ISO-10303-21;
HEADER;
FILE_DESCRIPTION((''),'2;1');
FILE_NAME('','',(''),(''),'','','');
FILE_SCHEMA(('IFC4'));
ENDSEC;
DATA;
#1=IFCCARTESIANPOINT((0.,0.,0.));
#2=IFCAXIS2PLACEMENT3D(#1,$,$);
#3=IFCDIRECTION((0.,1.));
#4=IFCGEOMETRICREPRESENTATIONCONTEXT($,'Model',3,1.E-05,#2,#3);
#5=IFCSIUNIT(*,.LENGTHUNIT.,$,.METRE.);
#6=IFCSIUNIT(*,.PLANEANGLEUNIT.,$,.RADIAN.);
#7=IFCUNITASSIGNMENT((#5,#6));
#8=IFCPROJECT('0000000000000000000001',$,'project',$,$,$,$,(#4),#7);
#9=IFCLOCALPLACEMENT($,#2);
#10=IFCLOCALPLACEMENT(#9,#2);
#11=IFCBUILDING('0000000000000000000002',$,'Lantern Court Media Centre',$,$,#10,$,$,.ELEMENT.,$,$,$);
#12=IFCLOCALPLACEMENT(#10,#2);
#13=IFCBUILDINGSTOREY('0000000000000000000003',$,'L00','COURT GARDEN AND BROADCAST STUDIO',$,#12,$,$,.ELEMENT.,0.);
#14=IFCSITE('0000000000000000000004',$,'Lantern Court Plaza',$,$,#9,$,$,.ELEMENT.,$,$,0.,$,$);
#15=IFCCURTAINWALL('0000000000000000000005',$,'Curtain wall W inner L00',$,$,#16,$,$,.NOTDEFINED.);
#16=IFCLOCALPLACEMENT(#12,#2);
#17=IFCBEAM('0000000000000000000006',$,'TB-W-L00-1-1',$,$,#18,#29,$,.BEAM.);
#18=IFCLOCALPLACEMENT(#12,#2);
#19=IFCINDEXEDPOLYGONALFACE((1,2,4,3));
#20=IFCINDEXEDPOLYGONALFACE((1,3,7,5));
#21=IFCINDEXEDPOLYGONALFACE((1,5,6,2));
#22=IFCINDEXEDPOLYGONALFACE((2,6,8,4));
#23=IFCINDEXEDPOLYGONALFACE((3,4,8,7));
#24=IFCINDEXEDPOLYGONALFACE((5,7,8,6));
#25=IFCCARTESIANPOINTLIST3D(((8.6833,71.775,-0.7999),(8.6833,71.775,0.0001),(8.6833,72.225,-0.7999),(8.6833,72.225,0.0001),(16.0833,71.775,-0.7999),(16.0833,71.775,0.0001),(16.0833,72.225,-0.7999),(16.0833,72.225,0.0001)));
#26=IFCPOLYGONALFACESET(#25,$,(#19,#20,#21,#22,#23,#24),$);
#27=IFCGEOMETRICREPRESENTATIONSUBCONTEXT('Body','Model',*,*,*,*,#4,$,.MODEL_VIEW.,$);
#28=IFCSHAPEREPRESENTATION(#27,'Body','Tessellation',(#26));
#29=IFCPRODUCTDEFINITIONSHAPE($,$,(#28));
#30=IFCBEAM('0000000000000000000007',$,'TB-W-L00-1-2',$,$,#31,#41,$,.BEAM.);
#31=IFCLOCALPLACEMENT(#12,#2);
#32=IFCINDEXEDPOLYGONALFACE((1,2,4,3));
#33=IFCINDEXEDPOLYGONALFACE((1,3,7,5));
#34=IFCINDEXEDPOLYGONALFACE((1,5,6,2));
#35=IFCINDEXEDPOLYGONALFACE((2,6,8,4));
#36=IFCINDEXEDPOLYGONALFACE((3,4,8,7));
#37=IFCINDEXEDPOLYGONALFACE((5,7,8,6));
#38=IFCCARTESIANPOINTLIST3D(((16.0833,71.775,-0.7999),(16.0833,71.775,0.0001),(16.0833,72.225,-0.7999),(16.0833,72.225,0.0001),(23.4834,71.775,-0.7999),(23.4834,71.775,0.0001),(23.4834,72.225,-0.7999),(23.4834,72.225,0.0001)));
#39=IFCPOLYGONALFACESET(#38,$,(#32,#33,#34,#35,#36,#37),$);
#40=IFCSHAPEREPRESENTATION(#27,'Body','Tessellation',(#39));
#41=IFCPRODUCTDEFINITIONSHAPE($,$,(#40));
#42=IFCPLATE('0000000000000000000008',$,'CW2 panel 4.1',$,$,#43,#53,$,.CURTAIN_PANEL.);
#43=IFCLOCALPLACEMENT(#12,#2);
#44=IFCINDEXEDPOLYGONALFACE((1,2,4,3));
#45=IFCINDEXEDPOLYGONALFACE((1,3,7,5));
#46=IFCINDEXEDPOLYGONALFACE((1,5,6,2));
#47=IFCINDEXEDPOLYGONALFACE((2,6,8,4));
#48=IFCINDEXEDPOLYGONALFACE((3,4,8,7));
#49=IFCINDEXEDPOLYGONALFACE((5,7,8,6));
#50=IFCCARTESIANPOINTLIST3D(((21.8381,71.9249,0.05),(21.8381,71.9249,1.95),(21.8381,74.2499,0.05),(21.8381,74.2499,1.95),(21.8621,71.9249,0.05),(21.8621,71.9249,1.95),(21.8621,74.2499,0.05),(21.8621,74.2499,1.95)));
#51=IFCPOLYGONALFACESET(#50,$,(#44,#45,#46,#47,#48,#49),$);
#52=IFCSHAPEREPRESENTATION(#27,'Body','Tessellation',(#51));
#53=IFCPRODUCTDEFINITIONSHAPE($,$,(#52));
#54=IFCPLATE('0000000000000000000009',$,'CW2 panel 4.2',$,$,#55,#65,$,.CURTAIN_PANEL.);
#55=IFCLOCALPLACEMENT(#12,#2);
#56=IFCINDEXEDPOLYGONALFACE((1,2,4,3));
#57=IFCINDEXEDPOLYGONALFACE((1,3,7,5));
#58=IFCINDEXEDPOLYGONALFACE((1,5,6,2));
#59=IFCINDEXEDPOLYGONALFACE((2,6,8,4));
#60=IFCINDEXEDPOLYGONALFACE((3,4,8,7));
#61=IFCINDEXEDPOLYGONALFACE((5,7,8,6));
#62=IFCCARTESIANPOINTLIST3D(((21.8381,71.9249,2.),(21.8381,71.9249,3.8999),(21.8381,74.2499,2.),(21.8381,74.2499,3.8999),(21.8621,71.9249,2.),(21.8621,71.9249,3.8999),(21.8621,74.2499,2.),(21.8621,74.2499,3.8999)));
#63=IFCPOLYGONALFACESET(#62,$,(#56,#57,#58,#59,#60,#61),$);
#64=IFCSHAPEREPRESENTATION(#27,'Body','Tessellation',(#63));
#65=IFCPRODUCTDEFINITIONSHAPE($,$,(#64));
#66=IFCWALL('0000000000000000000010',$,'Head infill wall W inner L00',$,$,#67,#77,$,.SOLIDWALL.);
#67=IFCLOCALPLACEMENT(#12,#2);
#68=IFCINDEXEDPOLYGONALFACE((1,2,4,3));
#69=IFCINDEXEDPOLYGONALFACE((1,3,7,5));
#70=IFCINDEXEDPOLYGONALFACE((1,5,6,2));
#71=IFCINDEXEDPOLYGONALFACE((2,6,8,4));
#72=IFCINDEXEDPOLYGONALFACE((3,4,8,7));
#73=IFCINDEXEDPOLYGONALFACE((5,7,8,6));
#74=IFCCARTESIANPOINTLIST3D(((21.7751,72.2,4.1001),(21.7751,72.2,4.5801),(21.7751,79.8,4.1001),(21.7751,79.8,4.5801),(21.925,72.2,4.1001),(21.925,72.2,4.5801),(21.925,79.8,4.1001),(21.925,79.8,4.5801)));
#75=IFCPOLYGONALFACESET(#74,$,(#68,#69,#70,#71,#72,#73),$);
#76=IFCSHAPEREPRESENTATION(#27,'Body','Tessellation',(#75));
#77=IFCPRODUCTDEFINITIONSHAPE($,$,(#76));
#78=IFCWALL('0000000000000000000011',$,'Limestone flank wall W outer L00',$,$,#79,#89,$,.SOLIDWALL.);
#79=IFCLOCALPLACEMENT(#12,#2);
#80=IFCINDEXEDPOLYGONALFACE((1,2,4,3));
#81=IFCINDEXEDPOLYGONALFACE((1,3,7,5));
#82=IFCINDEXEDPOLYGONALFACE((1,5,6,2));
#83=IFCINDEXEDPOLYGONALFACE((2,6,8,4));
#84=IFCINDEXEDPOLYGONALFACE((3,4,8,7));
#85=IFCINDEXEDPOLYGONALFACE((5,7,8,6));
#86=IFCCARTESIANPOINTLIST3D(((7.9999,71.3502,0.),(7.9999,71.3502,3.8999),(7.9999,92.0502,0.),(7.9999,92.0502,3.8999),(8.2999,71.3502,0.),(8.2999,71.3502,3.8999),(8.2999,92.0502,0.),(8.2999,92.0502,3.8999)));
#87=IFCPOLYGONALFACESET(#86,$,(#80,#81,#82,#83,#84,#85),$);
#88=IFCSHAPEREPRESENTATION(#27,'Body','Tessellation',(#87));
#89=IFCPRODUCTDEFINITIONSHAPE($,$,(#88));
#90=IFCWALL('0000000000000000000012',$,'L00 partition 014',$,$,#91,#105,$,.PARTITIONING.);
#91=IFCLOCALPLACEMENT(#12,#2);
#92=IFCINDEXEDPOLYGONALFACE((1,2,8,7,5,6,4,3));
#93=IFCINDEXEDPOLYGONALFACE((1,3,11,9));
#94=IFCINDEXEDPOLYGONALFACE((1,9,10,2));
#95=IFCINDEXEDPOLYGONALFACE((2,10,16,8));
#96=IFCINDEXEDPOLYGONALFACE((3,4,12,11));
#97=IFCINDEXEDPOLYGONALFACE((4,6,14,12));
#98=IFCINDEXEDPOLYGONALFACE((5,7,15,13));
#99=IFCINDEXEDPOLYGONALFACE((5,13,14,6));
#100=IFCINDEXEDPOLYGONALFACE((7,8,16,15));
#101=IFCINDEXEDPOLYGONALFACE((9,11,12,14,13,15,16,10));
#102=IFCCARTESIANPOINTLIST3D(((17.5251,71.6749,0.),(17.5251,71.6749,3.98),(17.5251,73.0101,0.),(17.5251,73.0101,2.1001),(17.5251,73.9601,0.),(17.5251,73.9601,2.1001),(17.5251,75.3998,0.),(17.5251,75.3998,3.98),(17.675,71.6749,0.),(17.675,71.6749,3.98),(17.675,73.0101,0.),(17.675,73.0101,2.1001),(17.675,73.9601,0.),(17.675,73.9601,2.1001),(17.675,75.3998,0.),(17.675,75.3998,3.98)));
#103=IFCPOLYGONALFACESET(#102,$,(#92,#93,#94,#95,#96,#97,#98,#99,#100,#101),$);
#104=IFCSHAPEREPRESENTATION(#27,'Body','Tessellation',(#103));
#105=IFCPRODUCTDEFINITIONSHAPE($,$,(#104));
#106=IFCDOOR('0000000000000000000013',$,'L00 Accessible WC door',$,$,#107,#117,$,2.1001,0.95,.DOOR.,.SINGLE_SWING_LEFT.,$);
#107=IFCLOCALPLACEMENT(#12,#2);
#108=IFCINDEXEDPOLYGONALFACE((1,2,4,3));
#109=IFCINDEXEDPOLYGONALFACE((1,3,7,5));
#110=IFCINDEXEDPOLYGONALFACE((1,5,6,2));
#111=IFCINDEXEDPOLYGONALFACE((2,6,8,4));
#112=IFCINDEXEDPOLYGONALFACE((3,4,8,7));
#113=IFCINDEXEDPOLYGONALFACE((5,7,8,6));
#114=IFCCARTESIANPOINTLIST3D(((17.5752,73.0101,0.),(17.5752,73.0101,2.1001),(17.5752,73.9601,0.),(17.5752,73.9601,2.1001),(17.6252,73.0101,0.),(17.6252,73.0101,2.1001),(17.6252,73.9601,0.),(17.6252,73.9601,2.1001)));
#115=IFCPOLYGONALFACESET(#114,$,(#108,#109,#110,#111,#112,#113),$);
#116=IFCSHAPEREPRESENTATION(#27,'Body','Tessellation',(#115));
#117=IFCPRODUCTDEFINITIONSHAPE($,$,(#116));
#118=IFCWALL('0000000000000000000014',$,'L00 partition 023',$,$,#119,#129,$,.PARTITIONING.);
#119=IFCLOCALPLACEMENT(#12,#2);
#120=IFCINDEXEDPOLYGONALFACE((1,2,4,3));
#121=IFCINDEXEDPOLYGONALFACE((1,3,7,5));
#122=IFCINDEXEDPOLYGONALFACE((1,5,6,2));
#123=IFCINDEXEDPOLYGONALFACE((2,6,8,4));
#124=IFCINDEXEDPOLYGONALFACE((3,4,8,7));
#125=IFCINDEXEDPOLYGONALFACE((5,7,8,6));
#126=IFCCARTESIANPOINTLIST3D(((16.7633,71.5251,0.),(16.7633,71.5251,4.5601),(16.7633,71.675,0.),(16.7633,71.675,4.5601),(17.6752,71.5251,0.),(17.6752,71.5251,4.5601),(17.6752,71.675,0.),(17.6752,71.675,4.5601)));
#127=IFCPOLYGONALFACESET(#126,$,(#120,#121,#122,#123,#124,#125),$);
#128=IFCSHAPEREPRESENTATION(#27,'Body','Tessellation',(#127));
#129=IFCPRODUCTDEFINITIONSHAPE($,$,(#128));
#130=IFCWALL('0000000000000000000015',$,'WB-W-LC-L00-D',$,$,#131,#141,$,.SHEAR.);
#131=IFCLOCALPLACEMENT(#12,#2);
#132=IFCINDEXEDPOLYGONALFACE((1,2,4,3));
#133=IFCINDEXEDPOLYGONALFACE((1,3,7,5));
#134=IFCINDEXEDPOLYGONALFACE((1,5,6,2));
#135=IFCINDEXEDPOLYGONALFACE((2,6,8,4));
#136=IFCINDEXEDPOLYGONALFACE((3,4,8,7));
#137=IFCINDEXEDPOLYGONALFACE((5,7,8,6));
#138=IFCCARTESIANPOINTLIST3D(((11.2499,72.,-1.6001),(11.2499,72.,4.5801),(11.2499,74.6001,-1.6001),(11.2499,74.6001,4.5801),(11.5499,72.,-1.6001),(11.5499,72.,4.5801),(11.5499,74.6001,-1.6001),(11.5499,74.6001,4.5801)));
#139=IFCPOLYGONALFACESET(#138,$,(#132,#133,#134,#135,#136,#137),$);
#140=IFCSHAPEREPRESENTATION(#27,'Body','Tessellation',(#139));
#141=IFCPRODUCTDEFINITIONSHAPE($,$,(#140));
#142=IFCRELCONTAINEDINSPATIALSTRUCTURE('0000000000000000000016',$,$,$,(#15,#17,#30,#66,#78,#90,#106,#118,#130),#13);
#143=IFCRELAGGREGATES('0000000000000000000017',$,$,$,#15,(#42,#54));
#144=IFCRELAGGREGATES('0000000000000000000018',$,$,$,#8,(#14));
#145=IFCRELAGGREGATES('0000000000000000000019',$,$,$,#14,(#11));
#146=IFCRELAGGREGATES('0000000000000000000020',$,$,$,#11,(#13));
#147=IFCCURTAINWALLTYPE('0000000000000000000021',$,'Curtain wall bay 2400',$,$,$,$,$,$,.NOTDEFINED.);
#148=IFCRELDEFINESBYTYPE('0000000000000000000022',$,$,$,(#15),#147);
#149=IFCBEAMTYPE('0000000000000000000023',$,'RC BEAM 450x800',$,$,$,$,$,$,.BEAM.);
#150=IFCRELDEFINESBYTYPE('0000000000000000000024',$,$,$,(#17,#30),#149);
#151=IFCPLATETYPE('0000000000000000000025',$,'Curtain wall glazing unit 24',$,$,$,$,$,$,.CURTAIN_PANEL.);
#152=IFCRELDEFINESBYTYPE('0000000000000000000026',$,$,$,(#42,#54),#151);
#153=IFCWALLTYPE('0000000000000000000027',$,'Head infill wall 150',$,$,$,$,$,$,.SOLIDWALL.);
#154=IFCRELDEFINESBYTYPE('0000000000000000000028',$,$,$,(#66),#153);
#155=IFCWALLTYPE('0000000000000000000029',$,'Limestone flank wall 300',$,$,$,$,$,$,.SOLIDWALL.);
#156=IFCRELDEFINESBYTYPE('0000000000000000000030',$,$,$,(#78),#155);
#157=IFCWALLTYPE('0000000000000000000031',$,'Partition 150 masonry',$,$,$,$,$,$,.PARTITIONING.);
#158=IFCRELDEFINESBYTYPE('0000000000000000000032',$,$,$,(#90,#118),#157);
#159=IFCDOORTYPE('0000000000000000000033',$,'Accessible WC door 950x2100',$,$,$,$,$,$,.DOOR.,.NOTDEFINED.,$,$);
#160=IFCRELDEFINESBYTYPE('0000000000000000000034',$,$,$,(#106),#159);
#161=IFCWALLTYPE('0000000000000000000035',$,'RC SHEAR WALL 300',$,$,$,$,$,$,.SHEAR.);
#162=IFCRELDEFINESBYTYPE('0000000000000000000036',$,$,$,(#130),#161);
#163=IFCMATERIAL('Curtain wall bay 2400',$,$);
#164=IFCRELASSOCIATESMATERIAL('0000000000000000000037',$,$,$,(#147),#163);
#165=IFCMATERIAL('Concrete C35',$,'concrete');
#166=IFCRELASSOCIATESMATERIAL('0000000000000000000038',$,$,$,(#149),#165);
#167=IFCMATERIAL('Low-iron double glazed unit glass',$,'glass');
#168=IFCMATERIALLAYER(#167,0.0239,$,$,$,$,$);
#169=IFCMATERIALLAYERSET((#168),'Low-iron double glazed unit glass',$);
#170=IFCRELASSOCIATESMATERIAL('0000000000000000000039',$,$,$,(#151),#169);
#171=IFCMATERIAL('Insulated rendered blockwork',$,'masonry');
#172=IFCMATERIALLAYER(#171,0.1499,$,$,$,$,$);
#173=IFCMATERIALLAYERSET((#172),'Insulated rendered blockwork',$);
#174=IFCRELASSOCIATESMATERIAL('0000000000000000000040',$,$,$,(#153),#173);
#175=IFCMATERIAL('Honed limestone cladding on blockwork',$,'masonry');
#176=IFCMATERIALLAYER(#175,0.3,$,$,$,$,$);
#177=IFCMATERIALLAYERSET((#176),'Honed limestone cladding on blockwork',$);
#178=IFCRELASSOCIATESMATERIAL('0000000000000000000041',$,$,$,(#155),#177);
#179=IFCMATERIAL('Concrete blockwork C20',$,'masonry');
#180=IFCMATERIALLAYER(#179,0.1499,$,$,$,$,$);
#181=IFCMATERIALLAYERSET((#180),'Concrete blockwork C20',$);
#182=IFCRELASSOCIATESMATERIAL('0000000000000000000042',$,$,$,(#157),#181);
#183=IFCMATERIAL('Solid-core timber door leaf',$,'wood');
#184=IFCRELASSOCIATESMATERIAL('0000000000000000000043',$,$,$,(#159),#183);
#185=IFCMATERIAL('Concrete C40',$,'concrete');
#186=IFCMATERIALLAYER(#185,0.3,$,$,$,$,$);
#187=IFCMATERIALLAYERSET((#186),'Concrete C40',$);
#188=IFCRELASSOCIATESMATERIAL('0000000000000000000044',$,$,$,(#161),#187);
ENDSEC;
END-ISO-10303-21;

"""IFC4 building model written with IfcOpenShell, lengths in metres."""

from ifc_helpers import new_model, si_unit, direction, frame, frame_2d, origin, origin_2d, place, context, subcontext, project, spatial, rectangle, extrude, material, layer, layer_set, material_profile, profile_set, type_object, element, fill, aggregate, save


model = new_model("IFC4")

# Units and contexts
model_context = context("Model", 3, precision=1e-05, world=origin(), true_north=direction((0.0, 1.0)))
body_context = subcontext(model_context, "Body", "Model", "MODEL_VIEW")
ifc_project = project(units=[si_unit("LENGTHUNIT", "METRE"), si_unit("PLANEANGLEUNIT", "RADIAN")], contexts=[model_context])

# Site, building, storey
site_placement = place(None, origin())
site = spatial("IfcSite", under=ifc_project, at=site_placement, Name="Lantern Court Plaza", CompositionType="ELEMENT", RefElevation=0.0)
building_placement = place(site_placement, origin())
building = spatial("IfcBuilding", under=site, at=building_placement, Name="Lantern Court Media Centre", CompositionType="ELEMENT")
storey_placement = place(building_placement, origin())
storey = spatial("IfcBuildingStorey", under=building, at=storey_placement, Name="L00", Description="COURT GARDEN AND BROADCAST STUDIO", CompositionType="ELEMENT", Elevation=0.0)

# Shared definitions
ifc_material_1 = material(Name="Concrete C35", Category="concrete")

# Curtain wall
ifc_material_2 = material(Name="Curtain wall bay 2400")
curtain_wall_type_1 = type_object("IfcCurtainWallType", Name="Curtain wall bay 2400", PredefinedType="NOTDEFINED", material=ifc_material_2)
curtain_wall_1_placement = place(storey_placement, origin())
curtain_wall_1 = element("IfcCurtainWall", 1, at=curtain_wall_1_placement, inside=storey, type_object=curtain_wall_type_1, Name="Curtain wall W inner L00", PredefinedType="NOTDEFINED")

# Beams
ifc_material_profile_1 = material_profile(ifc_material_1, rectangle(XDim=0.45, YDim=0.8, at=origin_2d()), Name="RC 450x800")
ifc_profile_set_1 = profile_set([ifc_material_profile_1], Name="Concrete C35")
beam_type_1 = type_object("IfcBeamType", Name="RC BEAM 450x800", PredefinedType="BEAM", material=ifc_profile_set_1)
beam_1_placement = place(storey_placement, frame((8.6833, 72.0, -0.3999), z_axis=(1.0, 0.0, 0.0), x_axis=(0.0, 1.0, 0.0)))
element("IfcBeam", 2, at=beam_1_placement, inside=storey, type_object=beam_type_1, Name="TB-W-L00-1-1", PredefinedType="BEAM", context=body_context, shape_type="SweptSolid", body=[
    extrude(rectangle(XDim=0.45, YDim=0.8, at=origin_2d()), origin(), (0.0, 0.0, 1.0), 7.3999),
])
beam_2_placement = place(storey_placement, frame((16.0833, 72.0, -0.3999), z_axis=(1.0, 0.0, 0.0), x_axis=(0.0, 1.0, 0.0)))
element("IfcBeam", 3, at=beam_2_placement, inside=storey, type_object=beam_type_1, Name="TB-W-L00-1-2", PredefinedType="BEAM", context=body_context, shape_type="SweptSolid", body=[
    extrude(rectangle(XDim=0.45, YDim=0.8, at=origin_2d()), origin(), (0.0, 0.0, 1.0), 7.4001),
])

# Plates
ifc_material_3 = material(Name="Low-iron double glazed unit glass", Category="glass")
ifc_layer_1 = layer(ifc_material_3, 0.0239)
ifc_layer_set_1 = layer_set([ifc_layer_1], Name="Low-iron double glazed unit glass")
plate_type = type_object("IfcPlateType", Name="Curtain wall glazing unit 24", PredefinedType="CURTAIN_PANEL", material=ifc_layer_set_1)
plate_1_placement = place(storey_placement, frame((21.8501, 73.0874, 0.05), z_axis=(0.0, 0.0, 1.0), x_axis=(0.0, 1.0, 0.0)))
plate_1 = element("IfcPlate", 4, at=plate_1_placement, type_object=plate_type, Name="CW2 panel 4.1", PredefinedType="CURTAIN_PANEL", context=body_context, shape_type="SweptSolid", body=[
    extrude(rectangle(XDim=2.325, YDim=0.0239, at=origin_2d()), origin(), (0.0, 0.0, 1.0), 1.8999),
])
plate_2_placement = place(storey_placement, frame((21.8501, 73.0874, 2.0), z_axis=(0.0, 0.0, 1.0), x_axis=(0.0, 1.0, 0.0)))
plate_2 = element("IfcPlate", 5, at=plate_2_placement, type_object=plate_type, Name="CW2 panel 4.2", PredefinedType="CURTAIN_PANEL", context=body_context, shape_type="SweptSolid", body=[
    extrude(rectangle(XDim=2.325, YDim=0.0239, at=origin_2d()), origin(), (0.0, 0.0, 1.0), 1.8999),
])
aggregate(curtain_wall_1, [plate_1, plate_2])

# Walls
ifc_material_4 = material(Name="Insulated rendered blockwork", Category="masonry")
ifc_layer_2 = layer(ifc_material_4, 0.1499)
ifc_layer_set_2 = layer_set([ifc_layer_2], Name="Insulated rendered blockwork")
wall_type_1 = type_object("IfcWallType", Name="Head infill wall 150", PredefinedType="SOLIDWALL", material=ifc_layer_set_2)
wall_1_placement = place(storey_placement, frame((21.8501, 72.2, 4.1001), z_axis=(0.0, 0.0, 1.0), x_axis=(0.0, 1.0, 0.0)))
element("IfcWall", 6, at=wall_1_placement, inside=storey, type_object=wall_type_1, Name="Head infill wall W inner L00", PredefinedType="SOLIDWALL", context=body_context, shape_type="SweptSolid", body=[
    extrude(rectangle(XDim=7.6001, YDim=0.1499, at=frame_2d((3.8, 0.0))), origin(), (0.0, 0.0, 1.0), 0.48),
])
ifc_material_5 = material(Name="Honed limestone cladding on blockwork", Category="masonry")
ifc_layer_3 = layer(ifc_material_5, 0.3)
ifc_layer_set_3 = layer_set([ifc_layer_3], Name="Honed limestone cladding on blockwork")
wall_type_2 = type_object("IfcWallType", Name="Limestone flank wall 300", PredefinedType="SOLIDWALL", material=ifc_layer_set_3)
wall_2_placement = place(storey_placement, frame((8.1499, 71.3501, 0.0), z_axis=(0.0, 0.0, 1.0), x_axis=(0.0, 1.0, 0.0)))
element("IfcWall", 7, at=wall_2_placement, inside=storey, type_object=wall_type_2, Name="Limestone flank wall W outer L00", PredefinedType="SOLIDWALL", context=body_context, shape_type="SweptSolid", body=[
    extrude(rectangle(XDim=20.7, YDim=0.3, at=frame_2d((10.3501, 0.0))), origin(), (0.0, 0.0, 1.0), 3.8999),
])

# Wall, opening, door
ifc_material_6 = material(Name="Concrete blockwork C20", Category="masonry")
ifc_layer_4 = layer(ifc_material_6, 0.1499)
ifc_layer_set_4 = layer_set([ifc_layer_4], Name="Concrete blockwork C20")
wall_type_3 = type_object("IfcWallType", Name="Partition 150 masonry", PredefinedType="PARTITIONING", material=ifc_layer_set_4)
wall_3_placement = place(storey_placement, frame((17.6001, 71.675, 0.0), z_axis=(0.0, 0.0, 1.0), x_axis=(0.0, 1.0, 0.0)))
wall_3 = element("IfcWall", 8, at=wall_3_placement, inside=storey, type_object=wall_type_3, Name="L00 partition 014", PredefinedType="PARTITIONING", context=body_context, shape_type="SweptSolid", body=[
    extrude(rectangle(XDim=3.7249, YDim=0.1499, at=frame_2d((1.8623, 0.0))), origin(), (0.0, 0.0, 1.0), 3.98),
])
opening_1_placement = place(wall_3_placement, frame((1.335, 0.0, 0.0)))
opening_1 = element("IfcOpeningElement", 9, at=opening_1_placement, cuts=wall_3, PredefinedType="OPENING", context=body_context, shape_type="SweptSolid", body=[
    extrude(rectangle(XDim=0.95, YDim=2.1001, at=frame_2d((0.4751, 1.05))), frame((0.0, 0.085, 0.0), z_axis=(0.0, -1.0, 0.0), x_axis=(1.0, 0.0, 0.0)), (0.0, 0.0, 1.0), 0.1699),
])
ifc_material_7 = material(Name="Solid-core timber door leaf", Category="wood")
door_type_1 = type_object("IfcDoorType", Name="Accessible WC door 950x2100", OperationType="NOTDEFINED", PredefinedType="DOOR", material=ifc_material_7)
door_1_placement = place(opening_1_placement, origin())
door_1 = element("IfcDoor", 10, at=door_1_placement, inside=storey, type_object=door_type_1, Name="L00 Accessible WC door", OperationType="SINGLE_SWING_LEFT", OverallHeight=2.1001, OverallWidth=0.95, PredefinedType="DOOR", context=body_context, shape_type="SweptSolid", body=[
    extrude(rectangle(XDim=0.95, YDim=2.1001, at=frame_2d((0.4751, 1.05))), frame((0.0, 0.0249, 0.0), z_axis=(0.0, -1.0, 0.0), x_axis=(1.0, 0.0, 0.0)), (0.0, 0.0, 1.0), 0.05),
])
fill(opening_1, door_1)

# Walls
wall_4_placement = place(storey_placement, frame((16.7632, 71.6001, 0.0), z_axis=(0.0, 0.0, 1.0), x_axis=(1.0, 0.0, 0.0)))
element("IfcWall", 11, at=wall_4_placement, inside=storey, type_object=wall_type_3, Name="L00 partition 023", PredefinedType="PARTITIONING", context=body_context, shape_type="SweptSolid", body=[
    extrude(rectangle(XDim=0.9119, YDim=0.1499, at=frame_2d((0.4561, 0.0))), origin(), (0.0, 0.0, 1.0), 4.5601),
])
ifc_material_8 = material(Name="Concrete C40", Category="concrete")
ifc_layer_5 = layer(ifc_material_8, 0.3)
ifc_layer_set_5 = layer_set([ifc_layer_5], Name="Concrete C40")
wall_type_4 = type_object("IfcWallType", Name="RC SHEAR WALL 300", PredefinedType="SHEAR", material=ifc_layer_set_5)
wall_5_placement = place(storey_placement, frame((11.3999, 72.0, -1.6001), z_axis=(0.0, 0.0, 1.0), x_axis=(0.0, 1.0, 0.0)))
element("IfcWall", 12, at=wall_5_placement, inside=storey, type_object=wall_type_4, Name="WB-W-LC-L00-D", PredefinedType="SHEAR", context=body_context, shape_type="SweptSolid", body=[
    extrude(rectangle(XDim=2.6001, YDim=0.3, at=frame_2d((1.3, 0.0))), origin(), (0.0, 0.0, 1.0), 6.1802),
])

save(model, "model.ifc")
